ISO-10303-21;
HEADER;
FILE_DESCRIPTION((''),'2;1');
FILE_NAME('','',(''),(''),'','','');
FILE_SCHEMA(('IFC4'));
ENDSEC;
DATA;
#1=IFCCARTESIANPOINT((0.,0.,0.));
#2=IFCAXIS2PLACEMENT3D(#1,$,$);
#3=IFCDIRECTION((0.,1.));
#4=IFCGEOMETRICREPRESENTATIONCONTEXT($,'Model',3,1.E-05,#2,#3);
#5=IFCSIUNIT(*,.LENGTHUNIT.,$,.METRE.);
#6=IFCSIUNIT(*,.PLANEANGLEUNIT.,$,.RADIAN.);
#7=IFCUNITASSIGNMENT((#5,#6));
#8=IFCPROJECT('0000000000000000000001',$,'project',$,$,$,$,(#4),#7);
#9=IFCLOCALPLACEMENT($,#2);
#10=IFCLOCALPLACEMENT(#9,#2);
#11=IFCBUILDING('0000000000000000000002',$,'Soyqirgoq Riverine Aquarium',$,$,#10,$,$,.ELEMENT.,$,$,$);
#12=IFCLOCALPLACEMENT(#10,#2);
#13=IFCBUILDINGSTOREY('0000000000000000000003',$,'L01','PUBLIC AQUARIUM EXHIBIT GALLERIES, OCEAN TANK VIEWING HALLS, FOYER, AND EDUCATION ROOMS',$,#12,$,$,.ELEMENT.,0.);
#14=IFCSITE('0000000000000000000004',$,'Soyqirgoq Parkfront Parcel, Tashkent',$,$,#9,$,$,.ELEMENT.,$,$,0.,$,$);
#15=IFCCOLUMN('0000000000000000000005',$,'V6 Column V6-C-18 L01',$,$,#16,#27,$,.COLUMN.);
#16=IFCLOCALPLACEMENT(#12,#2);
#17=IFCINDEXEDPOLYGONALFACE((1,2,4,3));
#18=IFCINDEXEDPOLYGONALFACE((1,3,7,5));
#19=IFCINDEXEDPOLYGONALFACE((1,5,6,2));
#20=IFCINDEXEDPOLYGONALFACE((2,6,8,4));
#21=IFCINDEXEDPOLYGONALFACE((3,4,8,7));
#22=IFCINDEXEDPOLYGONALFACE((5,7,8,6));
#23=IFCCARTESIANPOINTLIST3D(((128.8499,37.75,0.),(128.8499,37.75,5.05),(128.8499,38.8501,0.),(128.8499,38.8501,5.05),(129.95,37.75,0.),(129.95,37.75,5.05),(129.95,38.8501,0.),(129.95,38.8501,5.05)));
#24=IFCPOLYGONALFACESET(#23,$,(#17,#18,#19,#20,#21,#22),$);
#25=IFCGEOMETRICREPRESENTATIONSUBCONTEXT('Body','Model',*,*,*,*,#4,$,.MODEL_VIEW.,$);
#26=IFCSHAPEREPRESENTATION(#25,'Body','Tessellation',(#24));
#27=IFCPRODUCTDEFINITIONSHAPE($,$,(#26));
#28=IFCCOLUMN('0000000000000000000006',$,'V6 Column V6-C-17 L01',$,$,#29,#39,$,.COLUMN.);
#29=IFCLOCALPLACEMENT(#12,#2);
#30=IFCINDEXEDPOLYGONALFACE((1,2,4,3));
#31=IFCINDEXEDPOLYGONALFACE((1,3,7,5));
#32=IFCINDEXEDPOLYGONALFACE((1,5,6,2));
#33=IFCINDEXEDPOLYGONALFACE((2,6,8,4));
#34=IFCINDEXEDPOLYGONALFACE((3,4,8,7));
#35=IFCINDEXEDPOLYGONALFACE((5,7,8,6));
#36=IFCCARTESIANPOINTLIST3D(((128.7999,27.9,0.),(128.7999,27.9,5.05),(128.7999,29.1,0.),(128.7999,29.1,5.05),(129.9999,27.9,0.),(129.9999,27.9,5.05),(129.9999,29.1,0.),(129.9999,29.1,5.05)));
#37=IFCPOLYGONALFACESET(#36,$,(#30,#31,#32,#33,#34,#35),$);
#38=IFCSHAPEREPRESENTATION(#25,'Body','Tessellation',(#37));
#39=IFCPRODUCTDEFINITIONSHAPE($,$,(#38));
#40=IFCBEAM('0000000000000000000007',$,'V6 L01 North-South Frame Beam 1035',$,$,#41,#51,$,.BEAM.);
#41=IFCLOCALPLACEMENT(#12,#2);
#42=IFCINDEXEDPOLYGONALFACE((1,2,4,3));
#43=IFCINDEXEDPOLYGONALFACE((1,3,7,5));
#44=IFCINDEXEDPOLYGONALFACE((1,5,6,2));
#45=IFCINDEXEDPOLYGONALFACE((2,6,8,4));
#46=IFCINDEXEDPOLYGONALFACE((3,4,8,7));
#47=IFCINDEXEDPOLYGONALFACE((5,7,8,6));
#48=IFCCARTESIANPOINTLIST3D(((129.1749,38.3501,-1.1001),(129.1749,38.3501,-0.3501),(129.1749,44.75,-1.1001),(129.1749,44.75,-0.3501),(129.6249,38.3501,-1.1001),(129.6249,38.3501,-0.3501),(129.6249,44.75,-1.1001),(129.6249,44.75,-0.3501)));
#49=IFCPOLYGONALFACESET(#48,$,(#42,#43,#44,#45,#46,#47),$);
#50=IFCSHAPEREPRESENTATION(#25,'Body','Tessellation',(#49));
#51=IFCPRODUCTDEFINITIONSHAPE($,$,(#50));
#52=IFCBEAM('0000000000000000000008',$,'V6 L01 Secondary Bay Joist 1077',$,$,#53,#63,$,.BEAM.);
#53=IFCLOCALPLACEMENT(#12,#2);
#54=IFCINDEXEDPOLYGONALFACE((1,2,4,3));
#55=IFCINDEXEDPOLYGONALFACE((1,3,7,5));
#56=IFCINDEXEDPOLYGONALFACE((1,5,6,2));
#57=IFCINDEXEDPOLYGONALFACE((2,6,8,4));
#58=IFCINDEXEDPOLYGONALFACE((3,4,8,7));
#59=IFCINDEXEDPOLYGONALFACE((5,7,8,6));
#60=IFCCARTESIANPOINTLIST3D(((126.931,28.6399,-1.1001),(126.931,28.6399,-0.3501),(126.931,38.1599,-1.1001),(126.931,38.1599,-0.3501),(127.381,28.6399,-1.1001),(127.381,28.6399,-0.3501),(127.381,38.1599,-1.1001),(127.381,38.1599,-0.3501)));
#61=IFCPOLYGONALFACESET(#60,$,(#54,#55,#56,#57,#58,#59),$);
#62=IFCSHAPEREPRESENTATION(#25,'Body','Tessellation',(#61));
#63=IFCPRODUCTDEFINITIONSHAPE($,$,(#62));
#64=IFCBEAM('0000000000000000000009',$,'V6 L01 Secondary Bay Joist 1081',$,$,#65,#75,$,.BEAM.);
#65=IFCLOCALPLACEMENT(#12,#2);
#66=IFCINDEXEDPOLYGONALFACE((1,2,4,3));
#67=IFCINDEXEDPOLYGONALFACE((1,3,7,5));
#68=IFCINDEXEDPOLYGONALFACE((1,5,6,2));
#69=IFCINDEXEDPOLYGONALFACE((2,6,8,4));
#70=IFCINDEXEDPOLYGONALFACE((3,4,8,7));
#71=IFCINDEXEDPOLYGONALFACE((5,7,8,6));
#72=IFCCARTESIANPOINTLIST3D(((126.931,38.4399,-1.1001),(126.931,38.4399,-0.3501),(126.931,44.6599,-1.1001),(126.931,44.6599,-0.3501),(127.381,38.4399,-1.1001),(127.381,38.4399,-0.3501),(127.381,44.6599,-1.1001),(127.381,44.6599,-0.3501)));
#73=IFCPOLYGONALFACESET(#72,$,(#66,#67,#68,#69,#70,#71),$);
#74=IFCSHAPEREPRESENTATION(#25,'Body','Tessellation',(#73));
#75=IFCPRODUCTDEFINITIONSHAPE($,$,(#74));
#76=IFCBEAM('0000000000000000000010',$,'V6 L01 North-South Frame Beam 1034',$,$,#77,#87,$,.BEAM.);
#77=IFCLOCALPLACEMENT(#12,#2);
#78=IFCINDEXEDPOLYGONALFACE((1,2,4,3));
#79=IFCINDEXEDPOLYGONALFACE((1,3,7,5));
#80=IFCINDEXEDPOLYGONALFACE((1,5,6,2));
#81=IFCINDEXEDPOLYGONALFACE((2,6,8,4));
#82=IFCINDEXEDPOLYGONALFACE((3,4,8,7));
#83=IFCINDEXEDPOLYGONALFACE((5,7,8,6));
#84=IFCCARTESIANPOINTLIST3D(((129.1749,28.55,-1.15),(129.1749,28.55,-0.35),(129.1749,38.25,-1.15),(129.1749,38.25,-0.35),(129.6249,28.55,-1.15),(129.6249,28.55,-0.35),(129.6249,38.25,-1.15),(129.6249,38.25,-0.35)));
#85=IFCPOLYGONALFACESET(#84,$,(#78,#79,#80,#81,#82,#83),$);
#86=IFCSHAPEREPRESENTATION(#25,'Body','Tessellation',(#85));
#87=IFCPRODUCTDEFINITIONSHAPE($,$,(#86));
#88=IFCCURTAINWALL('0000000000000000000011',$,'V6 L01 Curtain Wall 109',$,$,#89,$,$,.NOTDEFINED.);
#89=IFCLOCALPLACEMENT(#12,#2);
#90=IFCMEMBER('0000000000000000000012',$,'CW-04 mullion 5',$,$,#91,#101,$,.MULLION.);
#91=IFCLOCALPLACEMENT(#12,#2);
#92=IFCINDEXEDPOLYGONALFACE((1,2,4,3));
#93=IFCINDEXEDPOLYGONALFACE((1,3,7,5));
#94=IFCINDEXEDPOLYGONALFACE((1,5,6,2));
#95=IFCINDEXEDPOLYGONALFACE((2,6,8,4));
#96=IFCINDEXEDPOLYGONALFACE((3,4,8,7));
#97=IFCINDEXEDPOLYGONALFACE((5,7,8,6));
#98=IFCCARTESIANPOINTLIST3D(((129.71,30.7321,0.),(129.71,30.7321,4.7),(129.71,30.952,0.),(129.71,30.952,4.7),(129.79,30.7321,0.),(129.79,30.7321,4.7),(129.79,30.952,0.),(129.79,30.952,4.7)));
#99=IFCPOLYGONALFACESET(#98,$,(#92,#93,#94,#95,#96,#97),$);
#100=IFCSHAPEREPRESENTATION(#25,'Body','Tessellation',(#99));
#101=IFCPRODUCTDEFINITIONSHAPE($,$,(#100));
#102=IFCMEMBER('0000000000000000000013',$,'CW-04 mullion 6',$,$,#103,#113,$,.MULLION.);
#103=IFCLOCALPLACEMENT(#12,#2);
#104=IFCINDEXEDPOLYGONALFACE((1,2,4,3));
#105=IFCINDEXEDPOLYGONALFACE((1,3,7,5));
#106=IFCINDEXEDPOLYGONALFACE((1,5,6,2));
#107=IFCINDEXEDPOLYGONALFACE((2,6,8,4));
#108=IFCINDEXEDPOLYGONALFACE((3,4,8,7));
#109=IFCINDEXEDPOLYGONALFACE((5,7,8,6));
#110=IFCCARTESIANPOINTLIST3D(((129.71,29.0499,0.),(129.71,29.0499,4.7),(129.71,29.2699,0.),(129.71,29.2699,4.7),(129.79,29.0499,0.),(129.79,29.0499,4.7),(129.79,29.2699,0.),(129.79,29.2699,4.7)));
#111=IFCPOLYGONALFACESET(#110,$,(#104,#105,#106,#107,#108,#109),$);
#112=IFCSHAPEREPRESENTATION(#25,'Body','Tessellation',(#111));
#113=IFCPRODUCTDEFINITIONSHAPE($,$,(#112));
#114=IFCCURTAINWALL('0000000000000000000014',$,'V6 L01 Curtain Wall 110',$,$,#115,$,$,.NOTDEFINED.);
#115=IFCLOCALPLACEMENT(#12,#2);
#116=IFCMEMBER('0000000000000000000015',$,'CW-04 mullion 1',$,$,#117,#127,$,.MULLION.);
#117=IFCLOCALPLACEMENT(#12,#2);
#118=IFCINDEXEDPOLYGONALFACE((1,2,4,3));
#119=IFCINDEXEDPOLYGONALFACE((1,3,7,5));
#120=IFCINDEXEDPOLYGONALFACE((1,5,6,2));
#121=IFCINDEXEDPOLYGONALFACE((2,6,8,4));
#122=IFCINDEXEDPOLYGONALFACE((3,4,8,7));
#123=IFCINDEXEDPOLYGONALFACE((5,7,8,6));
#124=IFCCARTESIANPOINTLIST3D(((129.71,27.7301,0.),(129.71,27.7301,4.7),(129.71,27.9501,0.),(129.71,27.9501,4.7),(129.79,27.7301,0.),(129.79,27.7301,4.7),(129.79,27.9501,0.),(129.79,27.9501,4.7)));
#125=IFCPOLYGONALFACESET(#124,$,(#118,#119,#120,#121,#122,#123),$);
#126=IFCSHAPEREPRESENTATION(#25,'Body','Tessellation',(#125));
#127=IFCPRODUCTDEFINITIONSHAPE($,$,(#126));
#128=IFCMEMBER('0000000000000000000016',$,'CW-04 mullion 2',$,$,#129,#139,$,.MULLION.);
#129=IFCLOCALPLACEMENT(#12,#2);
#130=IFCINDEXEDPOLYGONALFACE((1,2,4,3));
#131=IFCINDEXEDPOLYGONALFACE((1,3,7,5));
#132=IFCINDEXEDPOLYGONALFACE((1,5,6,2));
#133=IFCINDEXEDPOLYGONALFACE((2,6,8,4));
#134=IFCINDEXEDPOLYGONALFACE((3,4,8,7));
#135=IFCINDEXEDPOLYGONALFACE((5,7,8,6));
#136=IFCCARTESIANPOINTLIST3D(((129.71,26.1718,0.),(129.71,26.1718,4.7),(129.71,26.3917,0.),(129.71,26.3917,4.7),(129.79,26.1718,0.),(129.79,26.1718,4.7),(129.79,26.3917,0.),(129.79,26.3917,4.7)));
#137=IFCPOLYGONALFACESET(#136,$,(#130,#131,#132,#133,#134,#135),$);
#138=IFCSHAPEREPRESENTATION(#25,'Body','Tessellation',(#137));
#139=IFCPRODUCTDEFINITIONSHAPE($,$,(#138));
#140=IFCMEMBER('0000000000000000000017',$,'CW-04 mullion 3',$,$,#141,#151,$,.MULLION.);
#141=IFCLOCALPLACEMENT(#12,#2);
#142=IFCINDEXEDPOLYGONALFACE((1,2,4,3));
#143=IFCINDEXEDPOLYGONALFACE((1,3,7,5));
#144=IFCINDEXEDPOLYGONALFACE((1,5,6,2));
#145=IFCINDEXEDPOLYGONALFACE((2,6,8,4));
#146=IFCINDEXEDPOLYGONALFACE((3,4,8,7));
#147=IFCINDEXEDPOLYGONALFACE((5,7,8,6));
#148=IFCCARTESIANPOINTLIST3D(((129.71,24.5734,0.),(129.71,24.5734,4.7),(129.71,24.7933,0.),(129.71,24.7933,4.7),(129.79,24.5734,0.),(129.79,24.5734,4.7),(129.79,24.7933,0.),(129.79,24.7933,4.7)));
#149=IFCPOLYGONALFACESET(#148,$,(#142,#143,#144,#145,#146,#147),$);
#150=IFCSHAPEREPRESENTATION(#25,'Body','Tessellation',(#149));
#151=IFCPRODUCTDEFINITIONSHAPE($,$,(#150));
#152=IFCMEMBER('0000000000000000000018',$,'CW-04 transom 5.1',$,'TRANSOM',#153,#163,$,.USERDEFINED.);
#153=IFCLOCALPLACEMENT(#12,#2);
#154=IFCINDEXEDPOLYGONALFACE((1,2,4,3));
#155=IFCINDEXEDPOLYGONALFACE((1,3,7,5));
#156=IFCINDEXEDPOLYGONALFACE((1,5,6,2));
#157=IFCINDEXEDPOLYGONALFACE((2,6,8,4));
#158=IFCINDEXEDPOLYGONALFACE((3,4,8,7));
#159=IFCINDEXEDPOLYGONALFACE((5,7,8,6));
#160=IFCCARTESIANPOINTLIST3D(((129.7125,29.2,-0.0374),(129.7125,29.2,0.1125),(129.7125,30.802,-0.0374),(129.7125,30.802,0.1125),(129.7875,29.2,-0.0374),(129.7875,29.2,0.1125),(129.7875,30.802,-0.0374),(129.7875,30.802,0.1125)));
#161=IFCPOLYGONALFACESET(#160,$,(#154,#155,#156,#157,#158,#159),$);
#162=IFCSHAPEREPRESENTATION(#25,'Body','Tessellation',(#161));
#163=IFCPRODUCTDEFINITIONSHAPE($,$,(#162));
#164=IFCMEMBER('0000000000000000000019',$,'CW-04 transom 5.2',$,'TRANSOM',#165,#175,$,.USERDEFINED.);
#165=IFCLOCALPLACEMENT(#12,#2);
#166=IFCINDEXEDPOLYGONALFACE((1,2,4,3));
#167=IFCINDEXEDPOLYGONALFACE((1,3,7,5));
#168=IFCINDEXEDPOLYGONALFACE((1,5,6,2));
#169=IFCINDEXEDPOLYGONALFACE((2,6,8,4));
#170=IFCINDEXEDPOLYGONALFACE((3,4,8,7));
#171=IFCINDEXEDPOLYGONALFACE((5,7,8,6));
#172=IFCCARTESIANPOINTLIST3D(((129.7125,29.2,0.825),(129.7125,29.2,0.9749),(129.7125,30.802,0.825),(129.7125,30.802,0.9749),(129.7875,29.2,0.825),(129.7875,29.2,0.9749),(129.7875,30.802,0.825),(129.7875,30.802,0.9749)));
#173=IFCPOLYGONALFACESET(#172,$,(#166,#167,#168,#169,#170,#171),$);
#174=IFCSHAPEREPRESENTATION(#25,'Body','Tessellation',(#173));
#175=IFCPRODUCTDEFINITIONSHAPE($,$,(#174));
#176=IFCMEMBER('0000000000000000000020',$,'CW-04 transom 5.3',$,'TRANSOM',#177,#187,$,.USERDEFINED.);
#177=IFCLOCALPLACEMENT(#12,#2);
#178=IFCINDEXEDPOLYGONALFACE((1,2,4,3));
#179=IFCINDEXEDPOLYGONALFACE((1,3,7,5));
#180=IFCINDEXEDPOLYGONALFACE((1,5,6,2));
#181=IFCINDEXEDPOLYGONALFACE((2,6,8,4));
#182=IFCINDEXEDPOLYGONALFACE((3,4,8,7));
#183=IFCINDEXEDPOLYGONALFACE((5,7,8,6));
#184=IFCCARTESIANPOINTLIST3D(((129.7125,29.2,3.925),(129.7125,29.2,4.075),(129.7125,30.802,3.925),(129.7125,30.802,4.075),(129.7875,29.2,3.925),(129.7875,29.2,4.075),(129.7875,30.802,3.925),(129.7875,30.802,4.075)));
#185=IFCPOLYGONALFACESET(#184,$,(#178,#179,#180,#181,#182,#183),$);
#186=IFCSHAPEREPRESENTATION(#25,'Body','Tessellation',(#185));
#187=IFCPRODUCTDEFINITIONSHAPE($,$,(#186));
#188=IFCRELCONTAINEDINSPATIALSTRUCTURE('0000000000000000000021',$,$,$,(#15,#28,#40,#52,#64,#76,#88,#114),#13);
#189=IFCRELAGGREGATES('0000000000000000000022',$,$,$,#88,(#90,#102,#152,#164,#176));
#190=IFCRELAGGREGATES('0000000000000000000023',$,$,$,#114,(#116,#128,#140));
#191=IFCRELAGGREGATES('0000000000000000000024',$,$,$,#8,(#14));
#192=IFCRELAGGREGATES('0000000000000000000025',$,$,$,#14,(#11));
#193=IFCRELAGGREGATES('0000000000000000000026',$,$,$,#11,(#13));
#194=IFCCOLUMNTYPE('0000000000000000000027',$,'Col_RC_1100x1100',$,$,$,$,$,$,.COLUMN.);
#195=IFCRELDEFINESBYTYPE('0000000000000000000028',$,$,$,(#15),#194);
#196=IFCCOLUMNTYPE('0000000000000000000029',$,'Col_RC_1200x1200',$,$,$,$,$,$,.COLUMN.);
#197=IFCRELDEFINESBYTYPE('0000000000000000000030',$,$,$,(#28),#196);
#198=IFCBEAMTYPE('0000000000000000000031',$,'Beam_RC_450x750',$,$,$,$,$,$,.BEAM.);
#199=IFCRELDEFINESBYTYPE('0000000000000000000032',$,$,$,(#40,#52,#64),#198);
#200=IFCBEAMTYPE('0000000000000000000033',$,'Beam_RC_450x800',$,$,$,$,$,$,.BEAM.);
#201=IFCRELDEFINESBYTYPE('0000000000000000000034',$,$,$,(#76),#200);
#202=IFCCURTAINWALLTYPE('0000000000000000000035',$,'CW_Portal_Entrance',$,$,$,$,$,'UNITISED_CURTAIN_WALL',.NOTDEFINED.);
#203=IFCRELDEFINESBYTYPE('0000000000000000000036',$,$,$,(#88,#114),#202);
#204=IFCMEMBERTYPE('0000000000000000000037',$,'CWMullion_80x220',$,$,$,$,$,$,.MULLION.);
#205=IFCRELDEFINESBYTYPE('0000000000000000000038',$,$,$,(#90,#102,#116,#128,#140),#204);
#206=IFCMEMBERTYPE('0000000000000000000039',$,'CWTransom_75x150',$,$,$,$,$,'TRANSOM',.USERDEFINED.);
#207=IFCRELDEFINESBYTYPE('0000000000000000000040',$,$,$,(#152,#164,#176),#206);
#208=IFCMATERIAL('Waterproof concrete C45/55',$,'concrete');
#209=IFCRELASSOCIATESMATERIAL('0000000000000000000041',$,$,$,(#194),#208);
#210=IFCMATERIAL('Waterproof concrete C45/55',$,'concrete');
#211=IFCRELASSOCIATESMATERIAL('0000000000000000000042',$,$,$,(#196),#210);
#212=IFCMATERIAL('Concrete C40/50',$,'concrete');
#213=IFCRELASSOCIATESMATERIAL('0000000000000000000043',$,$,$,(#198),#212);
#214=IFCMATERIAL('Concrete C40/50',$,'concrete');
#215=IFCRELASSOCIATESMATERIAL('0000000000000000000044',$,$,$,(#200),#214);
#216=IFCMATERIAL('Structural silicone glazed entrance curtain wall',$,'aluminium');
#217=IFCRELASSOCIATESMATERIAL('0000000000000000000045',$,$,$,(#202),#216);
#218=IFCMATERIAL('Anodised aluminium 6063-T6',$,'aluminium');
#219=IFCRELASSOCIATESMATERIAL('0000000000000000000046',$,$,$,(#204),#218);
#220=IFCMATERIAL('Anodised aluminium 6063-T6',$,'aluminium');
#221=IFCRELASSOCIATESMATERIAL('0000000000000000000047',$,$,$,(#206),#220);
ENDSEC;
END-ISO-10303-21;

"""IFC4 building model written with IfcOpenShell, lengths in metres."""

from ifc_helpers import new_model, si_unit, direction, frame, origin, origin_2d, place, context, subcontext, project, spatial, rectangle, extrude, material, material_profile, profile_set, type_object, element, aggregate, save


model = new_model("IFC4")

# Units and contexts
model_context = context("Model", 3, precision=1e-05, world=origin(), true_north=direction((0.0, 1.0)))
body_context = subcontext(model_context, "Body", "Model", "MODEL_VIEW")
ifc_project = project(units=[si_unit("LENGTHUNIT", "METRE"), si_unit("PLANEANGLEUNIT", "RADIAN")], contexts=[model_context])

# Site, building, storey
site_placement = place(None, origin())
site = spatial("IfcSite", under=ifc_project, at=site_placement, Name="Soyqirgoq Parkfront Parcel, Tashkent", CompositionType="ELEMENT", RefElevation=0.0)
building_placement = place(site_placement, origin())
building = spatial("IfcBuilding", under=site, at=building_placement, Name="Soyqirgoq Riverine Aquarium", CompositionType="ELEMENT")
storey_placement = place(building_placement, origin())
storey = spatial("IfcBuildingStorey", under=building, at=storey_placement, Name="L01", Description="PUBLIC AQUARIUM EXHIBIT GALLERIES, OCEAN TANK VIEWING HALLS, FOYER, AND EDUCATION ROOMS", CompositionType="ELEMENT", Elevation=0.0)

# Columns
ifc_material_1 = material(Name="Waterproof concrete C45/55", Category="concrete")
ifc_material_profile_1 = material_profile(ifc_material_1, rectangle(XDim=1.1001, YDim=1.1001, at=origin_2d()), Name="RC 1100x1100")
ifc_profile_set_1 = profile_set([ifc_material_profile_1], Name="Waterproof concrete C45/55")
column_type_1 = type_object("IfcColumnType", Name="Col_RC_1100x1100", PredefinedType="COLUMN", material=ifc_profile_set_1)
column_1_placement = place(storey_placement, frame((129.3999, 38.3, 0.0), z_axis=(0.0, 0.0, 1.0), x_axis=(1.0, 0.0, 0.0)))
element("IfcColumn", 1, at=column_1_placement, inside=storey, type_object=column_type_1, Name="V6 Column V6-C-18 L01", PredefinedType="COLUMN", context=body_context, shape_type="SweptSolid", body=[
    extrude(rectangle(XDim=1.1001, YDim=1.1001, at=origin_2d()), origin(), (0.0, 0.0, 1.0), 5.05),
])
ifc_material_2 = material(Name="Waterproof concrete C45/55", Category="concrete")
ifc_material_profile_2 = material_profile(ifc_material_2, rectangle(XDim=1.2, YDim=1.2, at=origin_2d()), Name="RC 1200x1200")
ifc_profile_set_2 = profile_set([ifc_material_profile_2], Name="Waterproof concrete C45/55")
column_type_2 = type_object("IfcColumnType", Name="Col_RC_1200x1200", PredefinedType="COLUMN", material=ifc_profile_set_2)
column_2_placement = place(storey_placement, frame((129.3999, 28.5, 0.0), z_axis=(0.0, 0.0, 1.0), x_axis=(1.0, 0.0, 0.0)))
element("IfcColumn", 2, at=column_2_placement, inside=storey, type_object=column_type_2, Name="V6 Column V6-C-17 L01", PredefinedType="COLUMN", context=body_context, shape_type="SweptSolid", body=[
    extrude(rectangle(XDim=1.2, YDim=1.2, at=origin_2d()), origin(), (0.0, 0.0, 1.0), 5.05),
])

# Beams
ifc_material_3 = material(Name="Concrete C40/50", Category="concrete")
ifc_material_profile_3 = material_profile(ifc_material_3, rectangle(XDim=0.45, YDim=0.75, at=origin_2d()), Name="RC 450x750")
ifc_profile_set_3 = profile_set([ifc_material_profile_3], Name="Concrete C40/50")
beam_type_1 = type_object("IfcBeamType", Name="Beam_RC_450x750", PredefinedType="BEAM", material=ifc_profile_set_3)
beam_1_placement = place(storey_placement, frame((129.3999, 38.3501, -0.7251), z_axis=(0.0, 1.0, 0.0), x_axis=(-1.0, 0.0, 0.0)))
element("IfcBeam", 3, at=beam_1_placement, inside=storey, type_object=beam_type_1, Name="V6 L01 North-South Frame Beam 1035", PredefinedType="BEAM", context=body_context, shape_type="SweptSolid", body=[
    extrude(rectangle(XDim=0.45, YDim=0.75, at=origin_2d()), origin(), (0.0, 0.0, 1.0), 6.3999),
])
beam_2_placement = place(storey_placement, frame((127.156, 28.6399, -0.7251), z_axis=(0.0, 1.0, 0.0), x_axis=(-1.0, 0.0, 0.0)))
element("IfcBeam", 4, at=beam_2_placement, inside=storey, type_object=beam_type_1, Name="V6 L01 Secondary Bay Joist 1077", PredefinedType="BEAM", context=body_context, shape_type="SweptSolid", body=[
    extrude(rectangle(XDim=0.45, YDim=0.75, at=origin_2d()), origin(), (0.0, 0.0, 1.0), 9.52),
])
beam_3_placement = place(storey_placement, frame((127.156, 38.4399, -0.7251), z_axis=(0.0, 1.0, 0.0), x_axis=(-1.0, 0.0, 0.0)))
element("IfcBeam", 5, at=beam_3_placement, inside=storey, type_object=beam_type_1, Name="V6 L01 Secondary Bay Joist 1081", PredefinedType="BEAM", context=body_context, shape_type="SweptSolid", body=[
    extrude(rectangle(XDim=0.45, YDim=0.75, at=origin_2d()), origin(), (0.0, 0.0, 1.0), 6.22),
])
ifc_material_4 = material(Name="Concrete C40/50", Category="concrete")
ifc_material_profile_4 = material_profile(ifc_material_4, rectangle(XDim=0.45, YDim=0.8, at=origin_2d()), Name="RC 450x800")
ifc_profile_set_4 = profile_set([ifc_material_profile_4], Name="Concrete C40/50")
beam_type_2 = type_object("IfcBeamType", Name="Beam_RC_450x800", PredefinedType="BEAM", material=ifc_profile_set_4)
beam_4_placement = place(storey_placement, frame((129.3999, 28.55, -0.75), z_axis=(0.0, 1.0, 0.0), x_axis=(-1.0, 0.0, 0.0)))
element("IfcBeam", 6, at=beam_4_placement, inside=storey, type_object=beam_type_2, Name="V6 L01 North-South Frame Beam 1034", PredefinedType="BEAM", context=body_context, shape_type="SweptSolid", body=[
    extrude(rectangle(XDim=0.45, YDim=0.8, at=origin_2d()), origin(), (0.0, 0.0, 1.0), 9.7),
])

# Curtain walls, members
ifc_material_5 = material(Name="Structural silicone glazed entrance curtain wall", Category="aluminium")
curtain_wall_type = type_object("IfcCurtainWallType", Name="CW_Portal_Entrance", ElementType="UNITISED_CURTAIN_WALL", PredefinedType="NOTDEFINED", material=ifc_material_5)
curtain_wall_1_placement = place(storey_placement, origin())
curtain_wall_1 = element("IfcCurtainWall", 7, at=curtain_wall_1_placement, inside=storey, type_object=curtain_wall_type, Name="V6 L01 Curtain Wall 109", PredefinedType="NOTDEFINED")
ifc_material_6 = material(Name="Anodised aluminium 6063-T6", Category="aluminium")
ifc_material_profile_5 = material_profile(ifc_material_6, rectangle(XDim=0.0801, YDim=0.22, at=origin_2d()), Name="ALU-M 80x220")
ifc_profile_set_5 = profile_set([ifc_material_profile_5], Name="Anodised aluminium 6063-T6")
member_type_1 = type_object("IfcMemberType", Name="CWMullion_80x220", PredefinedType="MULLION", material=ifc_profile_set_5)
member_1_placement = place(storey_placement, frame((129.75, 30.842, 0.0), z_axis=(0.0, 0.0, 1.0), x_axis=(1.0, 0.0, 0.0)))
member_1 = element("IfcMember", 8, at=member_1_placement, type_object=member_type_1, Name="CW-04 mullion 5", PredefinedType="MULLION", context=body_context, shape_type="SweptSolid", body=[
    extrude(rectangle(XDim=0.0801, YDim=0.22, at=origin_2d()), origin(), (0.0, 0.0, 1.0), 4.7),
])
member_2_placement = place(storey_placement, frame((129.75, 29.1599, 0.0), z_axis=(0.0, 0.0, 1.0), x_axis=(1.0, 0.0, 0.0)))
member_2 = element("IfcMember", 9, at=member_2_placement, type_object=member_type_1, Name="CW-04 mullion 6", PredefinedType="MULLION", context=body_context, shape_type="SweptSolid", body=[
    extrude(rectangle(XDim=0.0801, YDim=0.22, at=origin_2d()), origin(), (0.0, 0.0, 1.0), 4.7),
])
curtain_wall_2_placement = place(storey_placement, origin())
curtain_wall_2 = element("IfcCurtainWall", 10, at=curtain_wall_2_placement, inside=storey, type_object=curtain_wall_type, Name="V6 L01 Curtain Wall 110", PredefinedType="NOTDEFINED")
member_3_placement = place(storey_placement, frame((129.75, 27.8401, 0.0), z_axis=(0.0, 0.0, 1.0), x_axis=(1.0, 0.0, 0.0)))
member_3 = element("IfcMember", 11, at=member_3_placement, type_object=member_type_1, Name="CW-04 mullion 1", PredefinedType="MULLION", context=body_context, shape_type="SweptSolid", body=[
    extrude(rectangle(XDim=0.0801, YDim=0.22, at=origin_2d()), origin(), (0.0, 0.0, 1.0), 4.7),
])
member_4_placement = place(storey_placement, frame((129.75, 26.2817, 0.0), z_axis=(0.0, 0.0, 1.0), x_axis=(1.0, 0.0, 0.0)))
member_4 = element("IfcMember", 12, at=member_4_placement, type_object=member_type_1, Name="CW-04 mullion 2", PredefinedType="MULLION", context=body_context, shape_type="SweptSolid", body=[
    extrude(rectangle(XDim=0.0801, YDim=0.22, at=origin_2d()), origin(), (0.0, 0.0, 1.0), 4.7),
])
member_5_placement = place(storey_placement, frame((129.75, 24.6833, 0.0), z_axis=(0.0, 0.0, 1.0), x_axis=(1.0, 0.0, 0.0)))
member_5 = element("IfcMember", 13, at=member_5_placement, type_object=member_type_1, Name="CW-04 mullion 3", PredefinedType="MULLION", context=body_context, shape_type="SweptSolid", body=[
    extrude(rectangle(XDim=0.0801, YDim=0.22, at=origin_2d()), origin(), (0.0, 0.0, 1.0), 4.7),
])

# Members
ifc_material_7 = material(Name="Anodised aluminium 6063-T6", Category="aluminium")
ifc_material_profile_6 = material_profile(ifc_material_7, rectangle(XDim=0.075, YDim=0.1499, at=origin_2d()), Name="ALU-T 75x150")
ifc_profile_set_6 = profile_set([ifc_material_profile_6], Name="Anodised aluminium 6063-T6")
member_type_2 = type_object("IfcMemberType", Name="CWTransom_75x150", ElementType="TRANSOM", PredefinedType="USERDEFINED", material=ifc_profile_set_6)
member_6_placement = place(storey_placement, frame((129.75, 30.802, 0.0376), z_axis=(0.0, -1.0, 0.0), x_axis=(1.0, 0.0, 0.0)))
member_6 = element("IfcMember", 14, at=member_6_placement, type_object=member_type_2, Name="CW-04 transom 5.1", ObjectType="TRANSOM", PredefinedType="USERDEFINED", context=body_context, shape_type="SweptSolid", body=[
    extrude(rectangle(XDim=0.075, YDim=0.1499, at=origin_2d()), origin(), (0.0, 0.0, 1.0), 1.6021),
])
member_7_placement = place(storey_placement, frame((129.75, 30.802, 0.8999), z_axis=(0.0, -1.0, 0.0), x_axis=(1.0, 0.0, 0.0)))
member_7 = element("IfcMember", 15, at=member_7_placement, type_object=member_type_2, Name="CW-04 transom 5.2", ObjectType="TRANSOM", PredefinedType="USERDEFINED", context=body_context, shape_type="SweptSolid", body=[
    extrude(rectangle(XDim=0.075, YDim=0.1499, at=origin_2d()), origin(), (0.0, 0.0, 1.0), 1.6021),
])
member_8_placement = place(storey_placement, frame((129.75, 30.802, 4.0), z_axis=(0.0, -1.0, 0.0), x_axis=(1.0, 0.0, 0.0)))
member_8 = element("IfcMember", 16, at=member_8_placement, type_object=member_type_2, Name="CW-04 transom 5.3", ObjectType="TRANSOM", PredefinedType="USERDEFINED", context=body_context, shape_type="SweptSolid", body=[
    extrude(rectangle(XDim=0.075, YDim=0.1499, at=origin_2d()), origin(), (0.0, 0.0, 1.0), 1.6021),
])

aggregate(curtain_wall_1, [member_1, member_2, member_6, member_7, member_8])
aggregate(curtain_wall_2, [member_3, member_4, member_5])

save(model, "model.ifc")
